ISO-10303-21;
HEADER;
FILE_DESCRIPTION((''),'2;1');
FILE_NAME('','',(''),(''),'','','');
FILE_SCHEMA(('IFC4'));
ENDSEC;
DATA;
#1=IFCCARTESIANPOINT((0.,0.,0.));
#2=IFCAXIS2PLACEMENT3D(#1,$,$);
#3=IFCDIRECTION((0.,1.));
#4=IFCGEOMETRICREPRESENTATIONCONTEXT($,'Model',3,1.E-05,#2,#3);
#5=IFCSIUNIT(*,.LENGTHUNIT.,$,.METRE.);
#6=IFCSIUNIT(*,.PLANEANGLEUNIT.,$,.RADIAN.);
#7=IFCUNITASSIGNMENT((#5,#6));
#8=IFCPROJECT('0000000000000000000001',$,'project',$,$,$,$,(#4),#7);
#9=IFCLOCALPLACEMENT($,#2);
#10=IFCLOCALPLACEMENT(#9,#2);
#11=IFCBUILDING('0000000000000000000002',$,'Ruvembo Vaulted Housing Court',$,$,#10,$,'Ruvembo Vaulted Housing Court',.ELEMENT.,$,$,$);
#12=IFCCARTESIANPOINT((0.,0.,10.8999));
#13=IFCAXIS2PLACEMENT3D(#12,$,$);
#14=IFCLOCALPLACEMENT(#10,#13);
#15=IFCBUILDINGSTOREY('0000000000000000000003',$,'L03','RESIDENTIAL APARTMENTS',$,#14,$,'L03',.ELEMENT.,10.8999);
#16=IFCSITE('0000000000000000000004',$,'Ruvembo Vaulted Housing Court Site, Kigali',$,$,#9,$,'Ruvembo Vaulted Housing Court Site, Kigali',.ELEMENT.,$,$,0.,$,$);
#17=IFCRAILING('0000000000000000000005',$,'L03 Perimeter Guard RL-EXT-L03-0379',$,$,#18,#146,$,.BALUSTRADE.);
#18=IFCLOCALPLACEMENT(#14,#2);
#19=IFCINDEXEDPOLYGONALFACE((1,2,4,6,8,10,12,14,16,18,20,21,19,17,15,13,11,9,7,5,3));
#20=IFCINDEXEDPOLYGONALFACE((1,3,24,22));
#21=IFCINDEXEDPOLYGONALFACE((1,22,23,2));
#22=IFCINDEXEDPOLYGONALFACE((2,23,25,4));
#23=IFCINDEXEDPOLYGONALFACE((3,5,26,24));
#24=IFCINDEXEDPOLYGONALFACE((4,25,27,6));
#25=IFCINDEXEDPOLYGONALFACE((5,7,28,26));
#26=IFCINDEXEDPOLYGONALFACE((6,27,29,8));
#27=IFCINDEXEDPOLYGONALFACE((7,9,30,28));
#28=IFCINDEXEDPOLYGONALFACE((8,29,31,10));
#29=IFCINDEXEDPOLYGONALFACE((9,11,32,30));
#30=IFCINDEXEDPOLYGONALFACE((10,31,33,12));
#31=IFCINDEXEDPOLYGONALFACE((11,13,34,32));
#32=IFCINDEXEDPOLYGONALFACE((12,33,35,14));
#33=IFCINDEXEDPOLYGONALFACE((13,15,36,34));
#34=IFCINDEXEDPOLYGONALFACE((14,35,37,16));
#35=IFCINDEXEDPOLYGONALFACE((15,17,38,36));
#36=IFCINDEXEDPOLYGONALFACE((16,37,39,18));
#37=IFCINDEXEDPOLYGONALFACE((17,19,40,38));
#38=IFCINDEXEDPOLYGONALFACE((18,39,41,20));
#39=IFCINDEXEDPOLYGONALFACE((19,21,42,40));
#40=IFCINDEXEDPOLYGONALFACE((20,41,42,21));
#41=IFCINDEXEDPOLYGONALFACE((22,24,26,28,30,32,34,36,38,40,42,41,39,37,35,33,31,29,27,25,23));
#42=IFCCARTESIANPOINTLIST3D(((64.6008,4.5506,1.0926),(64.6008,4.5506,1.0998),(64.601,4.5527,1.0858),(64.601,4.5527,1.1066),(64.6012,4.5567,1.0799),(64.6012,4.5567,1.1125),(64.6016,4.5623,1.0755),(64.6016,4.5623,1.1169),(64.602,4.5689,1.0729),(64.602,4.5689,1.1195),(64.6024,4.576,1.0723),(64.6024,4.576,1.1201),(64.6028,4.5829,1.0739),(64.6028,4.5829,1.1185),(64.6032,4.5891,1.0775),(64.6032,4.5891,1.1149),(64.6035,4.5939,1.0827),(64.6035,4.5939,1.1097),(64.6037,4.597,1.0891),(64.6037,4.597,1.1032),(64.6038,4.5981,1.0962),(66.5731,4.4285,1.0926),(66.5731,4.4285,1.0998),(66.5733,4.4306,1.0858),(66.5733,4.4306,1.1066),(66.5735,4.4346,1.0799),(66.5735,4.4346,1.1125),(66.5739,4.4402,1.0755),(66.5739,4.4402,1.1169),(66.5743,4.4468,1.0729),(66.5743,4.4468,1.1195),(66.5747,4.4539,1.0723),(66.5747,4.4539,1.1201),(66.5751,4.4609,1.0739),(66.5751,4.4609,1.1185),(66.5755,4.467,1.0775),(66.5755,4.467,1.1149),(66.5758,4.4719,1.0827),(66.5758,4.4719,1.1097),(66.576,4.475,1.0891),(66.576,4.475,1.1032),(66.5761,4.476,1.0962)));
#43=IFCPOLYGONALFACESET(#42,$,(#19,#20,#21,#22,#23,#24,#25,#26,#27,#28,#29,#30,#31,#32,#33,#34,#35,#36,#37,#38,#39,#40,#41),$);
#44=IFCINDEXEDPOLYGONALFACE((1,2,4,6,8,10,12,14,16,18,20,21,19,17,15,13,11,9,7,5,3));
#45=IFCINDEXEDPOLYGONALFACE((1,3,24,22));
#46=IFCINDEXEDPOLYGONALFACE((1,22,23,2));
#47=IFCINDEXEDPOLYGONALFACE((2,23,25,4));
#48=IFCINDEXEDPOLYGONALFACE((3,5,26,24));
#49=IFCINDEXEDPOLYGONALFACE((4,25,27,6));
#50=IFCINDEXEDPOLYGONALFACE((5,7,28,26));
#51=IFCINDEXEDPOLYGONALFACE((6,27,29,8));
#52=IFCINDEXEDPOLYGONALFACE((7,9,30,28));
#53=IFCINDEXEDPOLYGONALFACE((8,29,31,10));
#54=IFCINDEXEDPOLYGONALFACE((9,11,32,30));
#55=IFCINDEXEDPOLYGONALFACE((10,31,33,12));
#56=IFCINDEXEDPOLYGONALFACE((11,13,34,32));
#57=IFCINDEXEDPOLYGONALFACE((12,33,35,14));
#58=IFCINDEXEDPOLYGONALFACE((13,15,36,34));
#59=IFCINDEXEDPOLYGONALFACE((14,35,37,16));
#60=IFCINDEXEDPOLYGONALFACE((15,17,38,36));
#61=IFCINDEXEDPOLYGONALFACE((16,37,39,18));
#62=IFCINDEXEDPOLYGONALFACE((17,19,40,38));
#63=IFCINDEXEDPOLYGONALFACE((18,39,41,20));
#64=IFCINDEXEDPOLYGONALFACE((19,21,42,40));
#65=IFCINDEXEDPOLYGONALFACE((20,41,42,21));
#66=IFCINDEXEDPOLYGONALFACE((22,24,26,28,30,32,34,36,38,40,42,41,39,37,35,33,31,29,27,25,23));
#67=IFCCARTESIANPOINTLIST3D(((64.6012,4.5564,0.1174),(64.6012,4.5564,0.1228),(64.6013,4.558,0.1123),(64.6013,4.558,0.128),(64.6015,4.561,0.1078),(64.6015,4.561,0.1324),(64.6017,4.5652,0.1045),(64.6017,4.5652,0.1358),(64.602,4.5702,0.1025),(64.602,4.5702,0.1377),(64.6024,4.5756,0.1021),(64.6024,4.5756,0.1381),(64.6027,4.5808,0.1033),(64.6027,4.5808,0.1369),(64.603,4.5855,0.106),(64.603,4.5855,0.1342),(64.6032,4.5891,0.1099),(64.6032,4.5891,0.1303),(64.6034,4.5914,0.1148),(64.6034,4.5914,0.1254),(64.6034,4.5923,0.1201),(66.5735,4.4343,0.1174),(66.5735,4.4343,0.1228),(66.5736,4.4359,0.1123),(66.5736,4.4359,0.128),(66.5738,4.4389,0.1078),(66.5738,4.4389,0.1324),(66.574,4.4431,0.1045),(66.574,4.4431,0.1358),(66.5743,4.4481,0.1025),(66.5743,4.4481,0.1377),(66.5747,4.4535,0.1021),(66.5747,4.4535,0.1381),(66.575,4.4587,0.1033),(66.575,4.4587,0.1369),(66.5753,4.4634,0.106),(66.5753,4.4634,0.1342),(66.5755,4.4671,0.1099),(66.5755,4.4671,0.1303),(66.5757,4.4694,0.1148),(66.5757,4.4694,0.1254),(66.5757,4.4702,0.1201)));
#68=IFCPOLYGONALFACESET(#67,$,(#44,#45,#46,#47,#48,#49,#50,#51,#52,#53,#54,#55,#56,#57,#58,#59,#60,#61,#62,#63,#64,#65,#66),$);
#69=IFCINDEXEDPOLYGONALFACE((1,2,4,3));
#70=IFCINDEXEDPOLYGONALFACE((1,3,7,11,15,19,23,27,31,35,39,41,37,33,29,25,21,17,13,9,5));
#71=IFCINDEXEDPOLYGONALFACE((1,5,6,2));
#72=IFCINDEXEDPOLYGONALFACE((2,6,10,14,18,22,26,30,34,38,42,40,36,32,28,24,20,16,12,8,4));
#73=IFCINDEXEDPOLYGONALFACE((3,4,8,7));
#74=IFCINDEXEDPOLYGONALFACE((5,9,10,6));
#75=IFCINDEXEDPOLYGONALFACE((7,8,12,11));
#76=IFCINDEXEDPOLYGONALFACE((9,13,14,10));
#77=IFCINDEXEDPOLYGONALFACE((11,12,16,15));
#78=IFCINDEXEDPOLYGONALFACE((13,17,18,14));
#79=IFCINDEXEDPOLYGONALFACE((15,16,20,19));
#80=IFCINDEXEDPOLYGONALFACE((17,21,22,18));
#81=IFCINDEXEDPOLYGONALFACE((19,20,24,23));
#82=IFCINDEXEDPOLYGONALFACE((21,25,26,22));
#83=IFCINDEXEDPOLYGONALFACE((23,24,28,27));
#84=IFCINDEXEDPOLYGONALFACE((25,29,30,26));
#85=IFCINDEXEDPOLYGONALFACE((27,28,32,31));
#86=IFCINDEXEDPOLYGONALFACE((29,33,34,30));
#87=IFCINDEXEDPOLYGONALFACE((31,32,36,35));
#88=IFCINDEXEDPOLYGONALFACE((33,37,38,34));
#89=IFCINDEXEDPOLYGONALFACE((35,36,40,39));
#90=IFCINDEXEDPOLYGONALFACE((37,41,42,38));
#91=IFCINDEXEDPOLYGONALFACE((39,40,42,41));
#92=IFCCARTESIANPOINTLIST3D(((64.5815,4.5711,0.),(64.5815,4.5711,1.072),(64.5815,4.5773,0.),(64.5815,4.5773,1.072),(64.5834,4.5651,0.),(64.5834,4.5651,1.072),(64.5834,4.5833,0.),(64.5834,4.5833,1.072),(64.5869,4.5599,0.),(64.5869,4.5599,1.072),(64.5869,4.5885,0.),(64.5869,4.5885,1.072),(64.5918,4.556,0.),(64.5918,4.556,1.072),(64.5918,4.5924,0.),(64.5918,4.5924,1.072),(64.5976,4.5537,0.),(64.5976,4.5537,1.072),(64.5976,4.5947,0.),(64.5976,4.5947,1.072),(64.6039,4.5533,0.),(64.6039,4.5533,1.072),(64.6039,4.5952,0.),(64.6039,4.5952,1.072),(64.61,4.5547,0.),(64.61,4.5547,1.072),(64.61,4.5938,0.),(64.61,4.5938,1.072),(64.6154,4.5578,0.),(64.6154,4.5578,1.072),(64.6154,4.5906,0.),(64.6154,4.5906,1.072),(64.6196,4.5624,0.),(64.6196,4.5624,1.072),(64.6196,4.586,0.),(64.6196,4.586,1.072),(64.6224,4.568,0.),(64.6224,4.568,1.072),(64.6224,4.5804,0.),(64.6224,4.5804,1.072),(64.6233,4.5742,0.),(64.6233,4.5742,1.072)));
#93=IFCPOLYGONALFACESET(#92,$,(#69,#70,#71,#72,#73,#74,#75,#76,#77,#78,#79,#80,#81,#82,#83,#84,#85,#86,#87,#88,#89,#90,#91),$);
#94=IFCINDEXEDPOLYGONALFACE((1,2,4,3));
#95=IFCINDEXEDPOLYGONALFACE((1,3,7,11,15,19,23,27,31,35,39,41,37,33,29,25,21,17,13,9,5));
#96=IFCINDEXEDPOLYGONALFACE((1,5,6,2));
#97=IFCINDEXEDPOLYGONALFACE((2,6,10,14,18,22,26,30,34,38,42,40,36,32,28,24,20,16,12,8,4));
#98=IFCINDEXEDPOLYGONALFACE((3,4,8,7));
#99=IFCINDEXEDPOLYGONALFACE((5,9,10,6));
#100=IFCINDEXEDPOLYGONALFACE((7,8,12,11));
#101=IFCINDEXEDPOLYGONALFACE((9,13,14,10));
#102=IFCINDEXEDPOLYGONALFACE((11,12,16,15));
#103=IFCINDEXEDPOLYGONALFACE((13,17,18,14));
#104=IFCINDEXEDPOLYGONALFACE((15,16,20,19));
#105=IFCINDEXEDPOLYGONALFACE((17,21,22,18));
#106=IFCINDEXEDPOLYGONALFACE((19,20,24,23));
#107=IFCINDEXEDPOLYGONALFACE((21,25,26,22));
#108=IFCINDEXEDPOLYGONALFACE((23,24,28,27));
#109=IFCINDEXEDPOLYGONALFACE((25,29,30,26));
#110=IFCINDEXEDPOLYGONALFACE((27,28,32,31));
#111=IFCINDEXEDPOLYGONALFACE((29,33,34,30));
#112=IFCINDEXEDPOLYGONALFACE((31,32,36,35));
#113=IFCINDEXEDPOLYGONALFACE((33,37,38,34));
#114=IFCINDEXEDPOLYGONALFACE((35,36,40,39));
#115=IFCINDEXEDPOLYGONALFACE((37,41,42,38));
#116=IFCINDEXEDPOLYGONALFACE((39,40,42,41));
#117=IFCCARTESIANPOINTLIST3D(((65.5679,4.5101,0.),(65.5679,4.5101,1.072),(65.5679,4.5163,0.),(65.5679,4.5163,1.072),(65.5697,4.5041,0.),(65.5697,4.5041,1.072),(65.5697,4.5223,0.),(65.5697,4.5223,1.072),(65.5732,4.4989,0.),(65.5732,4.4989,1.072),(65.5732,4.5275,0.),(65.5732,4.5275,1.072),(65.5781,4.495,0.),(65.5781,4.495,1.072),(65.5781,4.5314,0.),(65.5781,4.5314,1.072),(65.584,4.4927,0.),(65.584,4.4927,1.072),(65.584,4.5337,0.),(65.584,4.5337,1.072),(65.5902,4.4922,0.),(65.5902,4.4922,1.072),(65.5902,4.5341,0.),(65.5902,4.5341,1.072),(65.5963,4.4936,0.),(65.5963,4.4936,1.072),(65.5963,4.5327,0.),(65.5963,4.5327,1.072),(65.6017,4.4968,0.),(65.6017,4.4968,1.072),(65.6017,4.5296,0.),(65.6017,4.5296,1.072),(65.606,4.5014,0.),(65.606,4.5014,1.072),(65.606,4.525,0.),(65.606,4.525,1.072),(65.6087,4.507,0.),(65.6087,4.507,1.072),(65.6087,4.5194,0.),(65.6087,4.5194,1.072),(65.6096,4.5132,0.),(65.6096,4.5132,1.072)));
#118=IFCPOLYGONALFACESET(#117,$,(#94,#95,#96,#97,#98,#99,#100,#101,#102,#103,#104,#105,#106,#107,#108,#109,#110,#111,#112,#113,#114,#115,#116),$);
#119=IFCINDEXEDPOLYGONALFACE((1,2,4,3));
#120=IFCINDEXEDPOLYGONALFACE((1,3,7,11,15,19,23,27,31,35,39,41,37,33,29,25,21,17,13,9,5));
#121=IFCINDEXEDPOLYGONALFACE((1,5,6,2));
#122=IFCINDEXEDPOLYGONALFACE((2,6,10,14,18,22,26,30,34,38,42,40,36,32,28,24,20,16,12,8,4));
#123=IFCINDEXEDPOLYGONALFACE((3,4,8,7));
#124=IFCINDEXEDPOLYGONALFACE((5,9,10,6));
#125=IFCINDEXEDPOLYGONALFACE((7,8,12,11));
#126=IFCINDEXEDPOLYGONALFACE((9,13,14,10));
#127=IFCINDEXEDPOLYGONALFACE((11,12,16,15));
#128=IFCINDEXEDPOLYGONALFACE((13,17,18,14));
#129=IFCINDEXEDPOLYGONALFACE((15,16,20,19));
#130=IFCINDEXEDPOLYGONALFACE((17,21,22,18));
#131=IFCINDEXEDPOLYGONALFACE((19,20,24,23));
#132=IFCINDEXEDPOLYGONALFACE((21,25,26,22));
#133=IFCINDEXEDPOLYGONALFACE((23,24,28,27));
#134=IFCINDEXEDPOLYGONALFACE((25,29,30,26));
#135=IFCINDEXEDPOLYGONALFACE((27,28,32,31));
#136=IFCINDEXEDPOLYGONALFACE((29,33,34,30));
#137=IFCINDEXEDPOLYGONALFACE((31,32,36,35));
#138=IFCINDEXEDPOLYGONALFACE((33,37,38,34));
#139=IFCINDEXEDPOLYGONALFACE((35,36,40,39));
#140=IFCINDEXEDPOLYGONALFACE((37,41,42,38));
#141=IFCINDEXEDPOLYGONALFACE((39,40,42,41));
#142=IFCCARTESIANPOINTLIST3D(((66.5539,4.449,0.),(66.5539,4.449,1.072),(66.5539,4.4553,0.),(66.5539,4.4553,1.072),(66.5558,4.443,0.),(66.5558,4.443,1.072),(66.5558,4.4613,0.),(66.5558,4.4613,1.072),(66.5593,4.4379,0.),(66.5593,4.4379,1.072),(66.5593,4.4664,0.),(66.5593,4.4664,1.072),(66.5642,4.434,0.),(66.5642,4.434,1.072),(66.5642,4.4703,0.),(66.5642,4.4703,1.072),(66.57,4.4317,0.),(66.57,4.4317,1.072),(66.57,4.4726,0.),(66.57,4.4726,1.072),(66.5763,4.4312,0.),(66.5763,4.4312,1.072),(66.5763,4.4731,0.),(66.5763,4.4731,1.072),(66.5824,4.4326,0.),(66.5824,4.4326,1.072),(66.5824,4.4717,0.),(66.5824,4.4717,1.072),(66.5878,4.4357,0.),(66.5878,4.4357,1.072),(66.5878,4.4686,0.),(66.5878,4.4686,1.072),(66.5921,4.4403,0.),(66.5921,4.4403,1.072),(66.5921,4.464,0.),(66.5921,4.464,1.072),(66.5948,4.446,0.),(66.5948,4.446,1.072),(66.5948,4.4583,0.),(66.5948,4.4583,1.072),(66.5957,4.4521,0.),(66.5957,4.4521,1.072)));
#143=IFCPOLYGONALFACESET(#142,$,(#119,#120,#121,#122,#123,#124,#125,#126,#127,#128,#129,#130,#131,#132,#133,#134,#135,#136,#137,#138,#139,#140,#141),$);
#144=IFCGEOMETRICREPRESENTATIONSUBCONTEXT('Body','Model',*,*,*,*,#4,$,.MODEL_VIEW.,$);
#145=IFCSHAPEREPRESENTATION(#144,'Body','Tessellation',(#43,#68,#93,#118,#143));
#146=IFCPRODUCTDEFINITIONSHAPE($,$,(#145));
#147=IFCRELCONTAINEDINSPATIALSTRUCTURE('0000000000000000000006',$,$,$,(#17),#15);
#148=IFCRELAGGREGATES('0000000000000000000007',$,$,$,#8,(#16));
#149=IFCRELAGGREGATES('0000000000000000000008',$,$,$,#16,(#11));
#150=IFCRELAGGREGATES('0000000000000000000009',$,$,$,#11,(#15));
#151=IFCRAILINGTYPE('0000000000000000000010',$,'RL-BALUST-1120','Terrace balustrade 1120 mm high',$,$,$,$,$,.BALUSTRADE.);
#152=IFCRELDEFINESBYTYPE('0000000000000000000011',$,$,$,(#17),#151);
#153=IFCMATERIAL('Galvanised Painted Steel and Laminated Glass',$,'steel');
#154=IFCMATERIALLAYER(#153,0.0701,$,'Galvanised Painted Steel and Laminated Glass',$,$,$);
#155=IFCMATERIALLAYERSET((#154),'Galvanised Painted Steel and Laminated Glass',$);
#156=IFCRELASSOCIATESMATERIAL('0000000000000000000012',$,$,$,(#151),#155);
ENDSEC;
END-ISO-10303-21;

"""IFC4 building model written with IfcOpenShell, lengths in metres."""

from ifc_helpers import new_model, si_unit, direction, frame, origin, origin_2d, place, context, subcontext, project, spatial, circle, extrude, material, layer, layer_set, type_object, element, save


model = new_model("IFC4")

# Units and contexts
model_context = context("Model", 3, precision=1e-05, world=origin(), true_north=direction((0.0, 1.0)))
body_context = subcontext(model_context, "Body", "Model", "MODEL_VIEW")
ifc_project = project(units=[si_unit("LENGTHUNIT", "METRE"), si_unit("PLANEANGLEUNIT", "RADIAN")], contexts=[model_context])

# Site, building, storey
site_placement = place(None, origin())
site = spatial("IfcSite", under=ifc_project, at=site_placement, Name="Ruvembo Vaulted Housing Court Site, Kigali", LongName="Ruvembo Vaulted Housing Court Site, Kigali", CompositionType="ELEMENT", RefElevation=0.0)
building_placement = place(site_placement, origin())
building = spatial("IfcBuilding", under=site, at=building_placement, Name="Ruvembo Vaulted Housing Court", LongName="Ruvembo Vaulted Housing Court", CompositionType="ELEMENT")
storey_placement = place(building_placement, frame((0.0, 0.0, 10.8999)))
storey = spatial("IfcBuildingStorey", under=building, at=storey_placement, Name="L03", Description="RESIDENTIAL APARTMENTS", LongName="L03", CompositionType="ELEMENT", Elevation=10.8999)

# Railing
ifc_material_1 = material(Name="Galvanised Painted Steel and Laminated Glass", Category="steel")
ifc_layer_1 = layer(ifc_material_1, 0.0701, Name="Galvanised Painted Steel and Laminated Glass")
ifc_layer_set_1 = layer_set([ifc_layer_1], Name="Galvanised Painted Steel and Laminated Glass")
railing_type = type_object("IfcRailingType", Name="RL-BALUST-1120", Description="Terrace balustrade 1120 mm high", PredefinedType="BALUSTRADE", material=ifc_layer_set_1)
railing_1_placement = place(storey_placement, frame((64.6023, 4.5742, 0.0)))
element("IfcRailing", 1, at=railing_1_placement, inside=storey, type_object=railing_type, Name="L03 Perimeter Guard RL-EXT-L03-0379", PredefinedType="BALUSTRADE", context=body_context, shape_type="SweptSolid", body=[
    extrude(circle(Radius=0.0239, at=origin_2d()), frame((0.0, 0.0, 1.0962), z_axis=(0.99809, -0.061771, 0.0), x_axis=(0.061771, 0.99809, 0.0)), (0.0, 0.0, 1.0), 1.9761),
    extrude(circle(Radius=0.0181, at=origin_2d()), frame((0.0, 0.0, 0.1201), z_axis=(0.99809, -0.061771, 0.0), x_axis=(0.061771, 0.99809, 0.0)), (0.0, 0.0, 1.0), 1.9761),
    extrude(circle(Radius=0.021, at=origin_2d()), origin(), (0.0, 0.0, 1.0), 1.072),
    extrude(circle(Radius=0.021, at=origin_2d()), frame((0.9863, -0.061, 0.0)), (0.0, 0.0, 1.0), 1.072),
    extrude(circle(Radius=0.021, at=origin_2d()), frame((1.9724, -0.1221, 0.0)), (0.0, 0.0, 1.0), 1.072),
])

save(model, "model.ifc")
